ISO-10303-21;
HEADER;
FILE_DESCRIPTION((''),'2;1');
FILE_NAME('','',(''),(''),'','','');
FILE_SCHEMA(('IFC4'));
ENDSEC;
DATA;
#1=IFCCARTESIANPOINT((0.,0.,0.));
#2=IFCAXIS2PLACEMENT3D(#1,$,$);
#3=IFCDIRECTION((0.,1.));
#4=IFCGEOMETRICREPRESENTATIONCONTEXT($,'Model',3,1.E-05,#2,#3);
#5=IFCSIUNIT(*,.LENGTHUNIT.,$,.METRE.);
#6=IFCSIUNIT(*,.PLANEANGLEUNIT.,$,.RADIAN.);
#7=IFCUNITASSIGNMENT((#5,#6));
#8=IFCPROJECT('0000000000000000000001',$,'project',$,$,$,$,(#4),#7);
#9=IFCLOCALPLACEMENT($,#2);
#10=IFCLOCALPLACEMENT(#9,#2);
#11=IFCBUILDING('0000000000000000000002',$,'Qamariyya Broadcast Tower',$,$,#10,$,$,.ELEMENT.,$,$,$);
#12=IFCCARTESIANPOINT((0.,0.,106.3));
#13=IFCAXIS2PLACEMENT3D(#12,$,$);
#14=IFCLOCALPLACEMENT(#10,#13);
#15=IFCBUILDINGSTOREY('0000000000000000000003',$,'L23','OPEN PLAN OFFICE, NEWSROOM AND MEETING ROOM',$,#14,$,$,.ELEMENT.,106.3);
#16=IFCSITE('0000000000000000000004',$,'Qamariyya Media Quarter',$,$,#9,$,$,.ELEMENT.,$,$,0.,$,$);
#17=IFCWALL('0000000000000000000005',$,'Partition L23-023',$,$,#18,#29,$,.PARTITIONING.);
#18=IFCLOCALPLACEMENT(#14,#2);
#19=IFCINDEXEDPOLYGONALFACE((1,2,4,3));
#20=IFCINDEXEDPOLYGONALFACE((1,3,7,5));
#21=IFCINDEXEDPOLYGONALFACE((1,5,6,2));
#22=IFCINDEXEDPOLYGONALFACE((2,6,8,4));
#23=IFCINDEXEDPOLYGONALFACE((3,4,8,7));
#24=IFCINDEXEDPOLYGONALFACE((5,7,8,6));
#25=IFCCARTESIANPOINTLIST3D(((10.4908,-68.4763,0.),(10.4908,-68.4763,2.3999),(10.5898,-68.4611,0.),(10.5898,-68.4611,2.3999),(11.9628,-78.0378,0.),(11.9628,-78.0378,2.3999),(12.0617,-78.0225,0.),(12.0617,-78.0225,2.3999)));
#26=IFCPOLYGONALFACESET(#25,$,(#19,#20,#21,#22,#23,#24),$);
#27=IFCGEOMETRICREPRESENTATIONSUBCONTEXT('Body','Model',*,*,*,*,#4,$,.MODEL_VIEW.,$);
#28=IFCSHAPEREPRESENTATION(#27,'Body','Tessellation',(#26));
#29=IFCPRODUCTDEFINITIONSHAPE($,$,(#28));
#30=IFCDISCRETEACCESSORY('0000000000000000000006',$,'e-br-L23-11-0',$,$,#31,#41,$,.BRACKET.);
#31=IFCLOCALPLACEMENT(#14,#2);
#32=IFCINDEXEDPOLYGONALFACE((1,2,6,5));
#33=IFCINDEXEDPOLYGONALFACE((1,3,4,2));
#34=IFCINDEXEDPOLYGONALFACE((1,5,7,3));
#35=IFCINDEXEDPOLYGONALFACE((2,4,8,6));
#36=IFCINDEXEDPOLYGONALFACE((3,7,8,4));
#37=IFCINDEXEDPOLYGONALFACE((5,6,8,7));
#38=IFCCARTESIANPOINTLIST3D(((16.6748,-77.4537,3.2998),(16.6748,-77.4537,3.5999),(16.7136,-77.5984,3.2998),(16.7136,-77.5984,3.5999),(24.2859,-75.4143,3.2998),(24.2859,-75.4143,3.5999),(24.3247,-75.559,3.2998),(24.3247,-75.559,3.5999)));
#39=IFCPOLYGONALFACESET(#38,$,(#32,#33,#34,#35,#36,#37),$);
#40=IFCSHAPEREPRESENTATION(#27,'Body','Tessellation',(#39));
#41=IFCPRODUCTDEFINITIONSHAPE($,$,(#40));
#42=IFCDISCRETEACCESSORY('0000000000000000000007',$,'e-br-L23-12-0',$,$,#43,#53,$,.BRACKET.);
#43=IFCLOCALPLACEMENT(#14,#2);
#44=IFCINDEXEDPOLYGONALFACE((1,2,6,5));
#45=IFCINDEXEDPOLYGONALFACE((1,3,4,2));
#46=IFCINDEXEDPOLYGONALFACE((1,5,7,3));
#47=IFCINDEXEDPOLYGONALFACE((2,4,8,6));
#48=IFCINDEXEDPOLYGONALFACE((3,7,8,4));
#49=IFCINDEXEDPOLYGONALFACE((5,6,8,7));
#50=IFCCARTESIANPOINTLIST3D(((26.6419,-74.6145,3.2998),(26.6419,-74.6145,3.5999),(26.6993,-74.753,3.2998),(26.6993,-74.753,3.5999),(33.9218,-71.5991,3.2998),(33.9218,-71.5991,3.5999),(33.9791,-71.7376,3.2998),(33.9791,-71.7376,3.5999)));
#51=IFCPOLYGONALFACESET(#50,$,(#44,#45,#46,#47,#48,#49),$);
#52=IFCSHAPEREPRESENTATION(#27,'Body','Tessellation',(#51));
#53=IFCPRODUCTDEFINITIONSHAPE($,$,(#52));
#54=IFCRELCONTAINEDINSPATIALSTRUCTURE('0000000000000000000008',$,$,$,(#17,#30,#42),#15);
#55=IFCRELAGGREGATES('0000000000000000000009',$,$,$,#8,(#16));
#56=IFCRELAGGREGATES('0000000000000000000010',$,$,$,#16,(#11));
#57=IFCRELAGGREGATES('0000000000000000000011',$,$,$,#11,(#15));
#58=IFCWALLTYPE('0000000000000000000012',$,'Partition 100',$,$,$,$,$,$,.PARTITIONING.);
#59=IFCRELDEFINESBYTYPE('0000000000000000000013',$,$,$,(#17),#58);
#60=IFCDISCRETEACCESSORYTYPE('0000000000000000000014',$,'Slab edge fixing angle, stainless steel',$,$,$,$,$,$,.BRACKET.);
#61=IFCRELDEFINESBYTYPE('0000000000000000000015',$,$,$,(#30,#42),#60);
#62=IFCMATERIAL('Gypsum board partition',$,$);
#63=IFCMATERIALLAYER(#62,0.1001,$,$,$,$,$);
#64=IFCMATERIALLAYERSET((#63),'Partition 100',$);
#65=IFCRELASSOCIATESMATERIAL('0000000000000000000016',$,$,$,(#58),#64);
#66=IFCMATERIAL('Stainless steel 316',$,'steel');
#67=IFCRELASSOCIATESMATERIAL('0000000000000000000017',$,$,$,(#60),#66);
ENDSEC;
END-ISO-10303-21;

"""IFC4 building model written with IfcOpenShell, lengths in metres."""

from ifc_helpers import new_model, si_unit, direction, frame, frame_2d, origin, origin_2d, place, context, subcontext, project, spatial, rectangle, extrude, material, layer, layer_set, type_object, element, save


model = new_model("IFC4")

# Units and contexts
model_context = context("Model", 3, precision=1e-05, world=origin(), true_north=direction((0.0, 1.0)))
body_context = subcontext(model_context, "Body", "Model", "MODEL_VIEW")
ifc_project = project(units=[si_unit("LENGTHUNIT", "METRE"), si_unit("PLANEANGLEUNIT", "RADIAN")], contexts=[model_context])

# Site, building, storey
site_placement = place(None, origin())
site = spatial("IfcSite", under=ifc_project, at=site_placement, Name="Qamariyya Media Quarter", CompositionType="ELEMENT", RefElevation=0.0)
building_placement = place(site_placement, origin())
building = spatial("IfcBuilding", under=site, at=building_placement, Name="Qamariyya Broadcast Tower", CompositionType="ELEMENT")
storey_placement = place(building_placement, frame((0.0, 0.0, 106.3)))
storey = spatial("IfcBuildingStorey", under=building, at=storey_placement, Name="L23", Description="OPEN PLAN OFFICE, NEWSROOM AND MEETING ROOM", CompositionType="ELEMENT", Elevation=106.3)

# Shared definitions
ifc_material_1 = material(Name="Gypsum board partition")

# Wall
ifc_layer_1 = layer(ifc_material_1, 0.1001)
ifc_layer_set_1 = layer_set([ifc_layer_1], Name="Partition 100")
wall_type_1 = type_object("IfcWallType", Name="Partition 100", PredefinedType="PARTITIONING", material=ifc_layer_set_1)
wall_1_placement = place(storey_placement, frame((12.0122, -78.03, 0.0), z_axis=(0.0, 0.0, 1.0), x_axis=(-0.15215, 0.988357, 0.0)))
element("IfcWall", 1, at=wall_1_placement, inside=storey, type_object=wall_type_1, Name="Partition L23-023", PredefinedType="PARTITIONING", context=body_context, shape_type="SweptSolid", body=[
    extrude(rectangle(XDim=9.6741, YDim=0.1001, at=frame_2d((4.8369, 0.0))), origin(), (0.0, 0.0, 1.0), 2.3999),
])

# Discrete accessories
ifc_material_2 = material(Name="Stainless steel 316", Category="steel")
discrete_accessory_type = type_object("IfcDiscreteAccessoryType", Name="Slab edge fixing angle, stainless steel", PredefinedType="BRACKET", material=ifc_material_2)
for number, where, z_axis, x_axis, name in (
    (2, (20.4998, -76.5063, 3.2998), (0.0, 0.0, 1.0), (0.965926, 0.258819, 0.0), "e-br-L23-11-0"),
    (3, (30.3105, -73.176, 3.2998), (0.0, 0.0, 1.0), (0.92388, 0.382683, 0.0), "e-br-L23-12-0"),
):
    element("IfcDiscreteAccessory", number, at=place(storey_placement, frame(where, z_axis=z_axis, x_axis=x_axis)), inside=storey, type_object=discrete_accessory_type, Name=name, PredefinedType="BRACKET", context=body_context, shape_type="SweptSolid", body=[
        extrude(rectangle(XDim=7.8796, YDim=0.1499, at=origin_2d()), origin(), (0.0, 0.0, 1.0), 0.3),
    ])

save(model, "model.ifc")
